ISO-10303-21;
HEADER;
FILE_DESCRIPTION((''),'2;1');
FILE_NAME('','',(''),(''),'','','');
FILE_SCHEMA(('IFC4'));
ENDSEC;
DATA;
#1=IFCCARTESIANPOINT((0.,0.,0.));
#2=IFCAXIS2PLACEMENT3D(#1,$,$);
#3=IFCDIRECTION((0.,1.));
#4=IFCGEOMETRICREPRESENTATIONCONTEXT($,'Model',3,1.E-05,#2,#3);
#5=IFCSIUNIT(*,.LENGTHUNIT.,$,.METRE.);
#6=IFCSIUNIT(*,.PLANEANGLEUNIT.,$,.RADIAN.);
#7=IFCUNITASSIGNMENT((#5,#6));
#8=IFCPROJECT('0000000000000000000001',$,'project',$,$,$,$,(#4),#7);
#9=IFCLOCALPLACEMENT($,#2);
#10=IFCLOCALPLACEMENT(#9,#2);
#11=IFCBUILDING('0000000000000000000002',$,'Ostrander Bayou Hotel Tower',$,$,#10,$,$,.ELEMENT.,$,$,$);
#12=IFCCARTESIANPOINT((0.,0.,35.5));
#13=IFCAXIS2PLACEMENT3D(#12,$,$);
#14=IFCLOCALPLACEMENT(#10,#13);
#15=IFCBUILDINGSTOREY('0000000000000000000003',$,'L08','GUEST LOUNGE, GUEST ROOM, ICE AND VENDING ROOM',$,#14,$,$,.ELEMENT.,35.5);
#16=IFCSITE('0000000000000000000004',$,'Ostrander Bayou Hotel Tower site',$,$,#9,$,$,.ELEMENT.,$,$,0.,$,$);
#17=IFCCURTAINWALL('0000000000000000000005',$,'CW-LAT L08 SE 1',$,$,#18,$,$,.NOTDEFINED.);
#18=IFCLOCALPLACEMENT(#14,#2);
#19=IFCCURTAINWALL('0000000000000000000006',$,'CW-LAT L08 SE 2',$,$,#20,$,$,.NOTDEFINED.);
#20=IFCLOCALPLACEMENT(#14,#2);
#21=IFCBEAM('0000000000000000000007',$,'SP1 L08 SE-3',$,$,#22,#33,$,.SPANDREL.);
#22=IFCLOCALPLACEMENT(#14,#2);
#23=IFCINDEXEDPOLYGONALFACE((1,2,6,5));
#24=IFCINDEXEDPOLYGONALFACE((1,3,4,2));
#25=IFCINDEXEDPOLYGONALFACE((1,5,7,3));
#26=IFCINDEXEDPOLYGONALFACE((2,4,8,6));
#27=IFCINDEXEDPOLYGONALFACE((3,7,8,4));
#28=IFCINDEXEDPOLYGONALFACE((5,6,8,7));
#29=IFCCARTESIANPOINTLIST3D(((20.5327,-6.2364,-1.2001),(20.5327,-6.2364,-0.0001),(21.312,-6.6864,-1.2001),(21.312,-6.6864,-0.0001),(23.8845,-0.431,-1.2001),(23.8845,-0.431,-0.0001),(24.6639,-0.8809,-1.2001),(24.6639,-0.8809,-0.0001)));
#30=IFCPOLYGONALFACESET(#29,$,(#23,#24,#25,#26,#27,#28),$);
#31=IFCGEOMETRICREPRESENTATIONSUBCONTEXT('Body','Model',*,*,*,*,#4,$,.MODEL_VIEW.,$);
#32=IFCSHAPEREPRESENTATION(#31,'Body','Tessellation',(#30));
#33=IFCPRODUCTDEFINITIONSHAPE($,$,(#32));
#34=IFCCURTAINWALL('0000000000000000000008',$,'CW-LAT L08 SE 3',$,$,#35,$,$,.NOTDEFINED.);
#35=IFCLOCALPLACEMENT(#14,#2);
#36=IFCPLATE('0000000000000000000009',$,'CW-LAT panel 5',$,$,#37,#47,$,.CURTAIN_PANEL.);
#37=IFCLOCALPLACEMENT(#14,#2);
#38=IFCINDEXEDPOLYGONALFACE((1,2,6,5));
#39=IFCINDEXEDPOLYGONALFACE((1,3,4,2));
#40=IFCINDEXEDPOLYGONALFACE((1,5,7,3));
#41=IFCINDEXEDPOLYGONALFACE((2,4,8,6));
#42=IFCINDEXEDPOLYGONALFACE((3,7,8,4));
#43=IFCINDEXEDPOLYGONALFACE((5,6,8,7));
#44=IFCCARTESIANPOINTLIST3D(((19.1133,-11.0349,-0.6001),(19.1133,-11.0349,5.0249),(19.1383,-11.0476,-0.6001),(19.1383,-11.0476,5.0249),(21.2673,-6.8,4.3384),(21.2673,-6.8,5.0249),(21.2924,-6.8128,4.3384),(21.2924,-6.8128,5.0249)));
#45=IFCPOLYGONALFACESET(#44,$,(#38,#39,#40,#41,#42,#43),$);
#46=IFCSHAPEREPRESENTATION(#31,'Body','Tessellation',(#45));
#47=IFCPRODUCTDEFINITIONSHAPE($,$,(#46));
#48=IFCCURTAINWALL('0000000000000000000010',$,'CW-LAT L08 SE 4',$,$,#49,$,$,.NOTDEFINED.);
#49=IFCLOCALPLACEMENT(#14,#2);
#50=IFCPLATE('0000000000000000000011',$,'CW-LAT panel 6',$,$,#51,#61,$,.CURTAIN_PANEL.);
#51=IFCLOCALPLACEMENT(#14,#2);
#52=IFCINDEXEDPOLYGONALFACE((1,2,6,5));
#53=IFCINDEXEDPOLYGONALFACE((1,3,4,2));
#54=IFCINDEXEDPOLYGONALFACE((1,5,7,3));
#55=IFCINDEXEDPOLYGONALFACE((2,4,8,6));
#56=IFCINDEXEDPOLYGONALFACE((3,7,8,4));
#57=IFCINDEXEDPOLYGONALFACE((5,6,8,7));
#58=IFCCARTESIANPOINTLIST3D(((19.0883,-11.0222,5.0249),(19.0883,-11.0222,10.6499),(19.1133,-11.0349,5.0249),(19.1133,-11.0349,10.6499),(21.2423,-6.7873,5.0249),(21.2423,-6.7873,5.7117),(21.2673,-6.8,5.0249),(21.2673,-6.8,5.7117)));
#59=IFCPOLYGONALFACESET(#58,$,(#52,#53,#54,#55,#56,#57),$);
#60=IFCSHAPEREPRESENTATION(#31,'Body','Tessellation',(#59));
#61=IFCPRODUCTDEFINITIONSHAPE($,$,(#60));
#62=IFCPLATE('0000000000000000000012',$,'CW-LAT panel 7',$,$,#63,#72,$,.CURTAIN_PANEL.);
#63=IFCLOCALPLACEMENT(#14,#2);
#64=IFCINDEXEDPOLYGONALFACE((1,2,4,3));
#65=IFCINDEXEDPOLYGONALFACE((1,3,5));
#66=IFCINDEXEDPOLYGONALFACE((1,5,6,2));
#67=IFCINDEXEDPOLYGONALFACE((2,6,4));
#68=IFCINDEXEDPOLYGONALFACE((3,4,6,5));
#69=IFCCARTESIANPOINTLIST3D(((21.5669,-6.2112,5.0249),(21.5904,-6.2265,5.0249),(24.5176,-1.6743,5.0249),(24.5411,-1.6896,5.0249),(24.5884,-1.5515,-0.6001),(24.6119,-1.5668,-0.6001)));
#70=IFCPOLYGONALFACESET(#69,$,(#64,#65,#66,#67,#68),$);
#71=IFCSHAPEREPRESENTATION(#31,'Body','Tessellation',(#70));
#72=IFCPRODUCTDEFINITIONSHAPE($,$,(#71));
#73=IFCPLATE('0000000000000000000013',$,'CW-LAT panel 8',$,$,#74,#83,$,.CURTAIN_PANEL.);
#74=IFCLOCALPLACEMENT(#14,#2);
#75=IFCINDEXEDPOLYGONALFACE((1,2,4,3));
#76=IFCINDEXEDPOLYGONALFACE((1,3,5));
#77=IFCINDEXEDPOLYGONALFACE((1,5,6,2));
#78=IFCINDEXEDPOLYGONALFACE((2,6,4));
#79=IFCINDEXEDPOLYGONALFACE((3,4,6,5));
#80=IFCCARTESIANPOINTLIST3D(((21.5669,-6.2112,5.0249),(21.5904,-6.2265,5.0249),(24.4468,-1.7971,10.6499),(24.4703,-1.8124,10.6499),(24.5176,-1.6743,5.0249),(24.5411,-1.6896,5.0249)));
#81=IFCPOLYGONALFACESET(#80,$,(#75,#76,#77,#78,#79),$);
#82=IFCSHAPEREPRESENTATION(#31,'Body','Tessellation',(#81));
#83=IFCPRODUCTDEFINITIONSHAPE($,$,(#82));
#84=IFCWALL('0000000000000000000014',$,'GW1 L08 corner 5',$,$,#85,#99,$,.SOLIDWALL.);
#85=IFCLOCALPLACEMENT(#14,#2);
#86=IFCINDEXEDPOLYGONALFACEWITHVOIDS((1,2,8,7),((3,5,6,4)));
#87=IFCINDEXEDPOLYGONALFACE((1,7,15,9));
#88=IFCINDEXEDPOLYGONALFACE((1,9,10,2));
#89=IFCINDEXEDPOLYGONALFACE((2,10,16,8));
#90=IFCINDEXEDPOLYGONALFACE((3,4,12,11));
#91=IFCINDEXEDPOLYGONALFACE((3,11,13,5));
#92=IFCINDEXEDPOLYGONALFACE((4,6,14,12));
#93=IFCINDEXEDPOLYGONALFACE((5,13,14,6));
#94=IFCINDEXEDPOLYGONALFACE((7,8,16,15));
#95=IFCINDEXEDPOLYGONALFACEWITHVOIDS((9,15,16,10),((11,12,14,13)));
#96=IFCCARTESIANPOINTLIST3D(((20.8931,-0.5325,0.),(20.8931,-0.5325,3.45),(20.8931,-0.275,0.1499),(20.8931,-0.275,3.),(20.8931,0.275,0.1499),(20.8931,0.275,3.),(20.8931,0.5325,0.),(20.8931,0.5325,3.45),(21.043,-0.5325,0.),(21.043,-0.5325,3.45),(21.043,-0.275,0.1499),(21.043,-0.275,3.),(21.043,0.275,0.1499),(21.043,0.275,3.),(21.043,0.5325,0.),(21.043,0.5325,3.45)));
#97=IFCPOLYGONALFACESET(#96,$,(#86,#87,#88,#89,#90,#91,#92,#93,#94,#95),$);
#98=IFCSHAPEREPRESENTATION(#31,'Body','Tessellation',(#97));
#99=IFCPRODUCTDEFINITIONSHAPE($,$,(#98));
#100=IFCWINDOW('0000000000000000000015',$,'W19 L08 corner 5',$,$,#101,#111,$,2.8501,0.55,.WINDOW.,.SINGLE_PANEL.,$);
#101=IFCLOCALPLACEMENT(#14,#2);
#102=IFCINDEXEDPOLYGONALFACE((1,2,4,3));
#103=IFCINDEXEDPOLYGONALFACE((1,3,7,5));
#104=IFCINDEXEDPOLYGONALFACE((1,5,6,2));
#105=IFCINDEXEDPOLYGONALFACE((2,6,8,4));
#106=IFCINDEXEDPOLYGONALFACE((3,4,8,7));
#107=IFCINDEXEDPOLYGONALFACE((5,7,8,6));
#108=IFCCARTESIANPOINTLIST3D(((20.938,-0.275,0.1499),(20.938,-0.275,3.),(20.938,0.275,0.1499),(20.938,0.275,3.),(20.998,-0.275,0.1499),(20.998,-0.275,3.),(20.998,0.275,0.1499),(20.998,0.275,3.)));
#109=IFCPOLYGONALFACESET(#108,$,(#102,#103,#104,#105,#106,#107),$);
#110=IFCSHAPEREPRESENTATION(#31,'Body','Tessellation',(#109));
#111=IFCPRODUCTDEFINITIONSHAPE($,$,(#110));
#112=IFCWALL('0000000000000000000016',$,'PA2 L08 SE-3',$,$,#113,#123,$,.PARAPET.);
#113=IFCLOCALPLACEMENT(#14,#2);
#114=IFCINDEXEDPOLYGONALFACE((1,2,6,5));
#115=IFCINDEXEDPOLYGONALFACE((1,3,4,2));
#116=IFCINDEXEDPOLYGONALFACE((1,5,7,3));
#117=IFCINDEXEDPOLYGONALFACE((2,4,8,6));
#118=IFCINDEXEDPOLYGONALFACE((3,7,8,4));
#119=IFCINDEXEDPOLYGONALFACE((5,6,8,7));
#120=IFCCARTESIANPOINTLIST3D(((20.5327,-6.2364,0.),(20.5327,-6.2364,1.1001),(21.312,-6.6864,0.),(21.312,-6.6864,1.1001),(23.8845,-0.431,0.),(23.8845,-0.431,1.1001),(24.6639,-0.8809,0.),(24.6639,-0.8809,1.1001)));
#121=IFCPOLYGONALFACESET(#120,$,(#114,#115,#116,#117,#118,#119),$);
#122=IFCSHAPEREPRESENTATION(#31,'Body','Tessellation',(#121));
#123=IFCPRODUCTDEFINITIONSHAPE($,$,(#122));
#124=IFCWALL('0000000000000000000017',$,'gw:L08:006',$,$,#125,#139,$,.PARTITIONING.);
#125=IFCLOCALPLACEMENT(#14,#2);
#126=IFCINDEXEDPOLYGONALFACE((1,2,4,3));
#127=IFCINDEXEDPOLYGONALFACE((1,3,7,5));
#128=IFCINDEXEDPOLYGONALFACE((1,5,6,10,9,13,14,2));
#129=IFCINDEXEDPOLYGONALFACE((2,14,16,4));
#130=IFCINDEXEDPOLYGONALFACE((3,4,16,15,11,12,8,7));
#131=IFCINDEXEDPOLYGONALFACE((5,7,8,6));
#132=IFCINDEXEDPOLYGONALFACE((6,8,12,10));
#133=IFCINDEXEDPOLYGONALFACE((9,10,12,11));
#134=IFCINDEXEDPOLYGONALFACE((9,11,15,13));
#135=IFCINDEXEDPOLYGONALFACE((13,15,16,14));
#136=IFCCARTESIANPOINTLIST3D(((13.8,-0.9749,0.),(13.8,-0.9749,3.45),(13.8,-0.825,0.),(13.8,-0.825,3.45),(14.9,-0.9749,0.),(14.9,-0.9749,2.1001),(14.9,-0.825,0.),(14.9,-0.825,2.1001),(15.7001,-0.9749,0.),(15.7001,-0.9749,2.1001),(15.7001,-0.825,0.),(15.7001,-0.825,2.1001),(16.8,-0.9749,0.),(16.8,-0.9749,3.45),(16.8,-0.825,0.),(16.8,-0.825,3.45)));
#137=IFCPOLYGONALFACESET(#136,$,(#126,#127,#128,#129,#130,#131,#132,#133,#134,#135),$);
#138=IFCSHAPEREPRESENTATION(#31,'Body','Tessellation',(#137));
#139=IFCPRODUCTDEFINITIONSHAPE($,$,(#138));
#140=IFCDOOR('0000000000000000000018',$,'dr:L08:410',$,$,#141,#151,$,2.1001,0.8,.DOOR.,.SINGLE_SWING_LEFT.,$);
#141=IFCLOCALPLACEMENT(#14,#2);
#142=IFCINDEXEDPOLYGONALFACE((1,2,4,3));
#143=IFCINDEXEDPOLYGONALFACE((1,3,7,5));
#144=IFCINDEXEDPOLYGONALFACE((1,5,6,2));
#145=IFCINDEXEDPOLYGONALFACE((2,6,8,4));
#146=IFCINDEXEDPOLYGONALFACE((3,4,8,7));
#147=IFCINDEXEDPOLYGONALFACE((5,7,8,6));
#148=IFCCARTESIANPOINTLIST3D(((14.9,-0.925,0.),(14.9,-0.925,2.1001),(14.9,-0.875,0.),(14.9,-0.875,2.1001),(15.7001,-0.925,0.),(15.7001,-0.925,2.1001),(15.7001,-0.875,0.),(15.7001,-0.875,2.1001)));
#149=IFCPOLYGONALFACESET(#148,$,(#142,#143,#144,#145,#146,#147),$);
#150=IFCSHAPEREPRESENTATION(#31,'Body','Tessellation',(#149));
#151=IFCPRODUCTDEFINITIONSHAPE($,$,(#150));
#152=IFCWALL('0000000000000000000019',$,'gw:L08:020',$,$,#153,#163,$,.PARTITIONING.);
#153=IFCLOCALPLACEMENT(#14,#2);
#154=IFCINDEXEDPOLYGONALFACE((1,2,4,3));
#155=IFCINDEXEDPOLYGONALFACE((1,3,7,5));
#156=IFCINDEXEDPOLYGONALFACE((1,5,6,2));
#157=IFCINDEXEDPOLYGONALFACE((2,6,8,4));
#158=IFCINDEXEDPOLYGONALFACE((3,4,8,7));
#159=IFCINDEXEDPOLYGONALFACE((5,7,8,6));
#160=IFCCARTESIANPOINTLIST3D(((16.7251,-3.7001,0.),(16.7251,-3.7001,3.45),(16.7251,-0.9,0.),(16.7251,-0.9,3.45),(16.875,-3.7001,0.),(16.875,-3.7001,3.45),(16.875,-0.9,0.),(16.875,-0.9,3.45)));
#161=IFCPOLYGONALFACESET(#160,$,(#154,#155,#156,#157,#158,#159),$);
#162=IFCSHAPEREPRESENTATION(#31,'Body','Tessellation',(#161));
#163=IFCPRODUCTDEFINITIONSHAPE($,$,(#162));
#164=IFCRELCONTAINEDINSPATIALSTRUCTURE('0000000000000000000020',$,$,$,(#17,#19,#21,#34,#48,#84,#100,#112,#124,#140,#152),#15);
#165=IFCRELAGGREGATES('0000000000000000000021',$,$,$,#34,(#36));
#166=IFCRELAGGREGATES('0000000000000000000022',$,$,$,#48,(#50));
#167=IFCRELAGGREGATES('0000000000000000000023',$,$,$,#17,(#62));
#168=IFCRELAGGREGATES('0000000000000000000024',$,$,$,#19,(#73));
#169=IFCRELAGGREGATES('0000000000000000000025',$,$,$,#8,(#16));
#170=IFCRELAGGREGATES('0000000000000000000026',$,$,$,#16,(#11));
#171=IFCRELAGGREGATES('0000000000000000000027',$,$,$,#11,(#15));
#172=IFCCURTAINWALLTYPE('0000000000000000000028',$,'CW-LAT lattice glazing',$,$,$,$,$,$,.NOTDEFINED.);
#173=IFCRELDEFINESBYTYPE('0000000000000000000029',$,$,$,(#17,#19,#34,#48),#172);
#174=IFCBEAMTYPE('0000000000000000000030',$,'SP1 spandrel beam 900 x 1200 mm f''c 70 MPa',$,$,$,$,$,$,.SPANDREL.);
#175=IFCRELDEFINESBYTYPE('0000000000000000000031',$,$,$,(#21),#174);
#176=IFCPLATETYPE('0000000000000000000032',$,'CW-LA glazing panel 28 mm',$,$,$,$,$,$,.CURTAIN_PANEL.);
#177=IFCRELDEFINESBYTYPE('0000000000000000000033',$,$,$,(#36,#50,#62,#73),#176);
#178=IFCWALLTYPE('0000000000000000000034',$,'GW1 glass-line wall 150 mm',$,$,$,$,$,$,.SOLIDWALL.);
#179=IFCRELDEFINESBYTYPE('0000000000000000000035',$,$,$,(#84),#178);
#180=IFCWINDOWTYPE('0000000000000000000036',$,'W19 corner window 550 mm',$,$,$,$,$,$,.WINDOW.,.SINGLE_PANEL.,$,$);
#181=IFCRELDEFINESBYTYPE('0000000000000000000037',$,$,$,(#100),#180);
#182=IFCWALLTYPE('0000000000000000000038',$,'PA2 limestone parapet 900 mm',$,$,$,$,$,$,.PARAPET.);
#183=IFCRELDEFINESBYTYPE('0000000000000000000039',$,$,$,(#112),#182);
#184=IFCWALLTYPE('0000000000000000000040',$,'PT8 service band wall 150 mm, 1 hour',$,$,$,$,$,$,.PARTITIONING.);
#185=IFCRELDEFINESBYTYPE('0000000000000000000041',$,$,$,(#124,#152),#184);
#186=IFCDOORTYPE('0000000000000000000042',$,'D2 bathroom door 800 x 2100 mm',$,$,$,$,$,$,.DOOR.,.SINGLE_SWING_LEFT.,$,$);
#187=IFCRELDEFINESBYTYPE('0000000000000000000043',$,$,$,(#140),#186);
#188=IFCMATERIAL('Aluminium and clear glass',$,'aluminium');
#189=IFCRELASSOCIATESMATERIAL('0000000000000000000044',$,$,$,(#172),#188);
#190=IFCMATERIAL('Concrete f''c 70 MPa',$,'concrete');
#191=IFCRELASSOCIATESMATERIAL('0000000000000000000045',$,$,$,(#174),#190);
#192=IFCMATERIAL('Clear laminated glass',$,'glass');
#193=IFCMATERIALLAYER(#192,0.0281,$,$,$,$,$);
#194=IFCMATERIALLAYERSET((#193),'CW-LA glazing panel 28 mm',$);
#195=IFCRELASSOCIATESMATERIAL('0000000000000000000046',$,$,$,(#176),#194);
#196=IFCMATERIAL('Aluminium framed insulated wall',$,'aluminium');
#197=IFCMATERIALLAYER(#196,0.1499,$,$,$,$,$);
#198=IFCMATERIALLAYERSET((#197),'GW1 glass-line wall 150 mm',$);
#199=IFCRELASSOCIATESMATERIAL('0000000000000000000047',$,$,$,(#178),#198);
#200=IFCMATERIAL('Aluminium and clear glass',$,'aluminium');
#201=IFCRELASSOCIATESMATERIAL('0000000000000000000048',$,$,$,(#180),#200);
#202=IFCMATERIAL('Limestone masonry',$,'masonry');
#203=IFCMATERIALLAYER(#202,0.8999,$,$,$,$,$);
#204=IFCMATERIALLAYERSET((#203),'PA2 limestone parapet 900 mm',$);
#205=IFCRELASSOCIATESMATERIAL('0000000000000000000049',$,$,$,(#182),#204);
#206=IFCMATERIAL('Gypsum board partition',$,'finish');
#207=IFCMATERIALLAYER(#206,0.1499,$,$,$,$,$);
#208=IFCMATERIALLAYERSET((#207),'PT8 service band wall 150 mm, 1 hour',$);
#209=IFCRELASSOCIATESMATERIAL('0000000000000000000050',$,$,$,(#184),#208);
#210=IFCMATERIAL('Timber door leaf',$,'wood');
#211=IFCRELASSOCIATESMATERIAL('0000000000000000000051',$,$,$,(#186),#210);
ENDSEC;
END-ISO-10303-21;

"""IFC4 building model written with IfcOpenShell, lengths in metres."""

from ifc_helpers import new_model, si_unit, direction, frame, frame_2d, origin, origin_2d, place, context, subcontext, project, spatial, polyline, rectangle, outline, extrude, material, layer, layer_set, material_profile, profile_set, type_object, element, fill, aggregate, save


model = new_model("IFC4")

# Units and contexts
model_context = context("Model", 3, precision=1e-05, world=origin(), true_north=direction((0.0, 1.0)))
body_context = subcontext(model_context, "Body", "Model", "MODEL_VIEW")
ifc_project = project(units=[si_unit("LENGTHUNIT", "METRE"), si_unit("PLANEANGLEUNIT", "RADIAN")], contexts=[model_context])

# Site, building, storey
site_placement = place(None, origin())
site = spatial("IfcSite", under=ifc_project, at=site_placement, Name="Ostrander Bayou Hotel Tower site", CompositionType="ELEMENT", RefElevation=0.0)
building_placement = place(site_placement, origin())
building = spatial("IfcBuilding", under=site, at=building_placement, Name="Ostrander Bayou Hotel Tower", CompositionType="ELEMENT")
storey_placement = place(building_placement, frame((0.0, 0.0, 35.5)))
storey = spatial("IfcBuildingStorey", under=building, at=storey_placement, Name="L08", Description="GUEST LOUNGE, GUEST ROOM, ICE AND VENDING ROOM", CompositionType="ELEMENT", Elevation=35.5)

# Curtain walls
ifc_material_1 = material(Name="Aluminium and clear glass", Category="aluminium")
curtain_wall_type = type_object("IfcCurtainWallType", Name="CW-LAT lattice glazing", PredefinedType="NOTDEFINED", material=ifc_material_1)
curtain_wall_1_placement = place(storey_placement, origin())
curtain_wall_1 = element("IfcCurtainWall", 1, at=curtain_wall_1_placement, inside=storey, type_object=curtain_wall_type, Name="CW-LAT L08 SE 1", PredefinedType="NOTDEFINED")
curtain_wall_2_placement = place(storey_placement, origin())
curtain_wall_2 = element("IfcCurtainWall", 2, at=curtain_wall_2_placement, inside=storey, type_object=curtain_wall_type, Name="CW-LAT L08 SE 2", PredefinedType="NOTDEFINED")

# Beam
ifc_material_2 = material(Name="Concrete f'c 70 MPa", Category="concrete")
ifc_material_profile_1 = material_profile(ifc_material_2, rectangle(XDim=0.8999, YDim=1.2, at=origin_2d()))
ifc_profile_set_1 = profile_set([ifc_material_profile_1], Name="Concrete f'c 70 MPa")
beam_type_1 = type_object("IfcBeamType", Name="SP1 spandrel beam 900 x 1200 mm f'c 70 MPa", PredefinedType="SPANDREL", material=ifc_profile_set_1)
beam_1_placement = place(storey_placement, frame((20.9224, -6.4614, -0.6001), z_axis=(0.500005, 0.866022, 0.0), x_axis=(-0.866022, 0.500005, 0.0)))
element("IfcBeam", 3, at=beam_1_placement, inside=storey, type_object=beam_type_1, Name="SP1 L08 SE-3", PredefinedType="SPANDREL", context=body_context, shape_type="SweptSolid", body=[
    extrude(rectangle(XDim=0.8999, YDim=1.2, at=origin_2d()), origin(), (0.0, 0.0, 1.0), 6.7036),
])

# Curtain walls, plates
curtain_wall_3_placement = place(storey_placement, origin())
curtain_wall_3 = element("IfcCurtainWall", 4, at=curtain_wall_3_placement, inside=storey, type_object=curtain_wall_type, Name="CW-LAT L08 SE 3", PredefinedType="NOTDEFINED")
ifc_material_3 = material(Name="Clear laminated glass", Category="glass")
ifc_layer_1 = layer(ifc_material_3, 0.0281)
ifc_layer_set_1 = layer_set([ifc_layer_1], Name="CW-LA glazing panel 28 mm")
plate_type = type_object("IfcPlateType", Name="CW-LA glazing panel 28 mm", PredefinedType="CURTAIN_PANEL", material=ifc_layer_set_1)
plate_1_placement = place(storey_placement, frame((21.2673, -6.8, 4.3384), z_axis=(-0.891323, 0.453369, 0.0), x_axis=(-0.314326, -0.617964, -0.720638)))
plate_1 = element("IfcPlate", 5, at=plate_1_placement, type_object=plate_type, Name="CW-LAT panel 5", PredefinedType="CURTAIN_PANEL", context=body_context, shape_type="SweptSolid", body=[
    extrude(outline(polyline([(0.0, 0.0), (6.8529, 0.0), (2.7993, 3.8999), (-0.4947, 0.476), (0.0, 0.0)])), origin(), (0.0, 0.0, -1.0), 0.0281),
])
aggregate(curtain_wall_3, [plate_1])
curtain_wall_4_placement = place(storey_placement, origin())
curtain_wall_4 = element("IfcCurtainWall", 6, at=curtain_wall_4_placement, inside=storey, type_object=curtain_wall_type, Name="CW-LAT L08 SE 4", PredefinedType="NOTDEFINED")
plate_2_placement = place(storey_placement, frame((21.2673, -6.8, 5.7117), z_axis=(0.891323, -0.453369, 0.0), x_axis=(-0.314334, -0.61798, 0.720621)))
plate_2 = element("IfcPlate", 7, at=plate_2_placement, type_object=plate_type, Name="CW-LAT panel 6", PredefinedType="CURTAIN_PANEL", context=body_context, shape_type="SweptSolid", body=[
    extrude(outline(polyline([(0.0, 0.0), (6.8527, 0.0), (2.7993, 3.9), (-0.4949, 0.4762), (0.0, 0.0)])), origin(), (0.0, 0.0, -1.0), 0.0281),
])
aggregate(curtain_wall_4, [plate_2])

# Plates
plate_3_placement = place(storey_placement, frame((21.5669, -6.2112, 5.0249), z_axis=(-0.838297, 0.545211, 0.001351), x_axis=(0.382244, 0.589489, -0.711612)))
plate_3 = element("IfcPlate", 8, at=plate_3_placement, type_object=plate_type, Name="CW-LAT panel 7", PredefinedType="CURTAIN_PANEL", context=body_context, shape_type="SweptSolid", body=[
    extrude(outline(polyline([(0.0, 0.0), (7.9046, 0.0), (3.8023, -3.8512), (0.0, 0.0)])), origin(), (0.0, 0.0, -1.0), 0.0281),
])
aggregate(curtain_wall_1, [plate_3])
plate_4_placement = place(storey_placement, frame((21.5669, -6.2112, 5.0249), z_axis=(-0.838297, 0.545211, 0.001351), x_axis=(0.373607, 0.572636, 0.72973)))
plate_4 = element("IfcPlate", 9, at=plate_4_placement, type_object=plate_type, Name="CW-LAT panel 8", PredefinedType="CURTAIN_PANEL", context=body_context, shape_type="SweptSolid", body=[
    extrude(outline(polyline([(0.0, 0.0), (7.7083, 0.0), (3.7004, 3.9493), (0.0, 0.0)])), origin(), (0.0, 0.0, -1.0), 0.0281),
])
aggregate(curtain_wall_2, [plate_4])

# Wall, opening, window
ifc_material_4 = material(Name="Aluminium framed insulated wall", Category="aluminium")
ifc_layer_2 = layer(ifc_material_4, 0.1499)
ifc_layer_set_2 = layer_set([ifc_layer_2], Name="GW1 glass-line wall 150 mm")
wall_type_1 = type_object("IfcWallType", Name="GW1 glass-line wall 150 mm", PredefinedType="SOLIDWALL", material=ifc_layer_set_2)
wall_1_placement = place(storey_placement, frame((20.968, -0.5325, 0.0), z_axis=(0.0, 0.0, 1.0), x_axis=(0.0, 1.0, 0.0)))
wall_1 = element("IfcWall", 10, at=wall_1_placement, inside=storey, type_object=wall_type_1, Name="GW1 L08 corner 5", PredefinedType="SOLIDWALL", context=body_context, shape_type="SweptSolid", body=[
    extrude(rectangle(XDim=1.0649, YDim=0.1499, at=frame_2d((0.5325, 0.0))), origin(), (0.0, 0.0, 1.0), 3.45),
])
opening_1_placement = place(wall_1_placement, frame((0.2576, 0.0, 0.1499)))
opening_1 = element("IfcOpeningElement", 11, at=opening_1_placement, cuts=wall_1, PredefinedType="OPENING", context=body_context, shape_type="SweptSolid", body=[
    extrude(rectangle(XDim=0.55, YDim=2.8501, at=frame_2d((0.2749, 1.425))), frame((0.0, 0.075, 0.0), z_axis=(0.0, -1.0, 0.0), x_axis=(1.0, 0.0, 0.0)), (0.0, 0.0, 1.0), 0.1499),
])
ifc_material_5 = material(Name="Aluminium and clear glass", Category="aluminium")
window_type = type_object("IfcWindowType", Name="W19 corner window 550 mm", PartitioningType="SINGLE_PANEL", PredefinedType="WINDOW", material=ifc_material_5)
window_placement = place(opening_1_placement, origin())
window = element("IfcWindow", 12, at=window_placement, inside=storey, type_object=window_type, Name="W19 L08 corner 5", OverallHeight=2.8501, OverallWidth=0.55, PartitioningType="SINGLE_PANEL", PredefinedType="WINDOW", context=body_context, shape_type="SweptSolid", body=[
    extrude(rectangle(XDim=0.55, YDim=2.8501, at=frame_2d((0.2749, 1.425))), frame((0.0, 0.03, 0.0), z_axis=(0.0, -1.0, 0.0), x_axis=(1.0, 0.0, 0.0)), (0.0, 0.0, 1.0), 0.0601),
])
fill(opening_1, window)

# Wall
ifc_material_6 = material(Name="Limestone masonry", Category="masonry")
ifc_layer_3 = layer(ifc_material_6, 0.8999)
ifc_layer_set_3 = layer_set([ifc_layer_3], Name="PA2 limestone parapet 900 mm")
wall_type_2 = type_object("IfcWallType", Name="PA2 limestone parapet 900 mm", PredefinedType="PARAPET", material=ifc_layer_set_3)
wall_2_placement = place(storey_placement, frame((20.9224, -6.4614, 0.0), z_axis=(0.0, 0.0, 1.0), x_axis=(0.500005, 0.866022, 0.0)))
element("IfcWall", 13, at=wall_2_placement, inside=storey, type_object=wall_type_2, Name="PA2 L08 SE-3", PredefinedType="PARAPET", context=body_context, shape_type="SweptSolid", body=[
    extrude(rectangle(XDim=6.7036, YDim=0.8999, at=frame_2d((3.3518, 0.0))), origin(), (0.0, 0.0, 1.0), 1.1001),
])

# Wall, opening, door
ifc_material_7 = material(Name="Gypsum board partition", Category="finish")
ifc_layer_4 = layer(ifc_material_7, 0.1499)
ifc_layer_set_4 = layer_set([ifc_layer_4], Name="PT8 service band wall 150 mm, 1 hour")
wall_type_3 = type_object("IfcWallType", Name="PT8 service band wall 150 mm, 1 hour", PredefinedType="PARTITIONING", material=ifc_layer_set_4)
wall_3_placement = place(storey_placement, frame((13.8, -0.8999, 0.0), z_axis=(0.0, 0.0, 1.0), x_axis=(1.0, 0.0, 0.0)))
wall_3 = element("IfcWall", 14, at=wall_3_placement, inside=storey, type_object=wall_type_3, Name="gw:L08:006", PredefinedType="PARTITIONING", context=body_context, shape_type="SweptSolid", body=[
    extrude(rectangle(XDim=3.0, YDim=0.1499, at=frame_2d((1.5, 0.0))), origin(), (0.0, 0.0, 1.0), 3.45),
])
opening_2_placement = place(wall_3_placement, frame((1.1001, 0.0, 0.0)))
opening_2 = element("IfcOpeningElement", 15, at=opening_2_placement, cuts=wall_3, PredefinedType="OPENING", context=body_context, shape_type="SweptSolid", body=[
    extrude(rectangle(XDim=0.8, YDim=2.1001, at=frame_2d((0.3999, 1.05))), frame((0.0, 0.075, 0.0), z_axis=(0.0, -1.0, 0.0), x_axis=(1.0, 0.0, 0.0)), (0.0, 0.0, 1.0), 0.1499),
])
ifc_material_8 = material(Name="Timber door leaf", Category="wood")
door_type_1 = type_object("IfcDoorType", Name="D2 bathroom door 800 x 2100 mm", OperationType="SINGLE_SWING_LEFT", PredefinedType="DOOR", material=ifc_material_8)
door_1_placement = place(opening_2_placement, origin())
door_1 = element("IfcDoor", 16, at=door_1_placement, inside=storey, type_object=door_type_1, Name="dr:L08:410", OperationType="SINGLE_SWING_LEFT", OverallHeight=2.1001, OverallWidth=0.8, PredefinedType="DOOR", context=body_context, shape_type="SweptSolid", body=[
    extrude(rectangle(XDim=0.8, YDim=2.1001, at=frame_2d((0.3999, 1.05))), frame((0.0, 0.0249, 0.0), z_axis=(0.0, -1.0, 0.0), x_axis=(1.0, 0.0, 0.0)), (0.0, 0.0, 1.0), 0.05),
])
fill(opening_2, door_1)

# Wall
wall_4_placement = place(storey_placement, frame((16.8, -3.7, 0.0), z_axis=(0.0, 0.0, 1.0), x_axis=(0.0, 1.0, 0.0)))
element("IfcWall", 17, at=wall_4_placement, inside=storey, type_object=wall_type_3, Name="gw:L08:020", PredefinedType="PARTITIONING", context=body_context, shape_type="SweptSolid", body=[
    extrude(rectangle(XDim=2.8, YDim=0.1499, at=frame_2d((1.3999, 0.0))), origin(), (0.0, 0.0, 1.0), 3.45),
])

save(model, "model.ifc")
